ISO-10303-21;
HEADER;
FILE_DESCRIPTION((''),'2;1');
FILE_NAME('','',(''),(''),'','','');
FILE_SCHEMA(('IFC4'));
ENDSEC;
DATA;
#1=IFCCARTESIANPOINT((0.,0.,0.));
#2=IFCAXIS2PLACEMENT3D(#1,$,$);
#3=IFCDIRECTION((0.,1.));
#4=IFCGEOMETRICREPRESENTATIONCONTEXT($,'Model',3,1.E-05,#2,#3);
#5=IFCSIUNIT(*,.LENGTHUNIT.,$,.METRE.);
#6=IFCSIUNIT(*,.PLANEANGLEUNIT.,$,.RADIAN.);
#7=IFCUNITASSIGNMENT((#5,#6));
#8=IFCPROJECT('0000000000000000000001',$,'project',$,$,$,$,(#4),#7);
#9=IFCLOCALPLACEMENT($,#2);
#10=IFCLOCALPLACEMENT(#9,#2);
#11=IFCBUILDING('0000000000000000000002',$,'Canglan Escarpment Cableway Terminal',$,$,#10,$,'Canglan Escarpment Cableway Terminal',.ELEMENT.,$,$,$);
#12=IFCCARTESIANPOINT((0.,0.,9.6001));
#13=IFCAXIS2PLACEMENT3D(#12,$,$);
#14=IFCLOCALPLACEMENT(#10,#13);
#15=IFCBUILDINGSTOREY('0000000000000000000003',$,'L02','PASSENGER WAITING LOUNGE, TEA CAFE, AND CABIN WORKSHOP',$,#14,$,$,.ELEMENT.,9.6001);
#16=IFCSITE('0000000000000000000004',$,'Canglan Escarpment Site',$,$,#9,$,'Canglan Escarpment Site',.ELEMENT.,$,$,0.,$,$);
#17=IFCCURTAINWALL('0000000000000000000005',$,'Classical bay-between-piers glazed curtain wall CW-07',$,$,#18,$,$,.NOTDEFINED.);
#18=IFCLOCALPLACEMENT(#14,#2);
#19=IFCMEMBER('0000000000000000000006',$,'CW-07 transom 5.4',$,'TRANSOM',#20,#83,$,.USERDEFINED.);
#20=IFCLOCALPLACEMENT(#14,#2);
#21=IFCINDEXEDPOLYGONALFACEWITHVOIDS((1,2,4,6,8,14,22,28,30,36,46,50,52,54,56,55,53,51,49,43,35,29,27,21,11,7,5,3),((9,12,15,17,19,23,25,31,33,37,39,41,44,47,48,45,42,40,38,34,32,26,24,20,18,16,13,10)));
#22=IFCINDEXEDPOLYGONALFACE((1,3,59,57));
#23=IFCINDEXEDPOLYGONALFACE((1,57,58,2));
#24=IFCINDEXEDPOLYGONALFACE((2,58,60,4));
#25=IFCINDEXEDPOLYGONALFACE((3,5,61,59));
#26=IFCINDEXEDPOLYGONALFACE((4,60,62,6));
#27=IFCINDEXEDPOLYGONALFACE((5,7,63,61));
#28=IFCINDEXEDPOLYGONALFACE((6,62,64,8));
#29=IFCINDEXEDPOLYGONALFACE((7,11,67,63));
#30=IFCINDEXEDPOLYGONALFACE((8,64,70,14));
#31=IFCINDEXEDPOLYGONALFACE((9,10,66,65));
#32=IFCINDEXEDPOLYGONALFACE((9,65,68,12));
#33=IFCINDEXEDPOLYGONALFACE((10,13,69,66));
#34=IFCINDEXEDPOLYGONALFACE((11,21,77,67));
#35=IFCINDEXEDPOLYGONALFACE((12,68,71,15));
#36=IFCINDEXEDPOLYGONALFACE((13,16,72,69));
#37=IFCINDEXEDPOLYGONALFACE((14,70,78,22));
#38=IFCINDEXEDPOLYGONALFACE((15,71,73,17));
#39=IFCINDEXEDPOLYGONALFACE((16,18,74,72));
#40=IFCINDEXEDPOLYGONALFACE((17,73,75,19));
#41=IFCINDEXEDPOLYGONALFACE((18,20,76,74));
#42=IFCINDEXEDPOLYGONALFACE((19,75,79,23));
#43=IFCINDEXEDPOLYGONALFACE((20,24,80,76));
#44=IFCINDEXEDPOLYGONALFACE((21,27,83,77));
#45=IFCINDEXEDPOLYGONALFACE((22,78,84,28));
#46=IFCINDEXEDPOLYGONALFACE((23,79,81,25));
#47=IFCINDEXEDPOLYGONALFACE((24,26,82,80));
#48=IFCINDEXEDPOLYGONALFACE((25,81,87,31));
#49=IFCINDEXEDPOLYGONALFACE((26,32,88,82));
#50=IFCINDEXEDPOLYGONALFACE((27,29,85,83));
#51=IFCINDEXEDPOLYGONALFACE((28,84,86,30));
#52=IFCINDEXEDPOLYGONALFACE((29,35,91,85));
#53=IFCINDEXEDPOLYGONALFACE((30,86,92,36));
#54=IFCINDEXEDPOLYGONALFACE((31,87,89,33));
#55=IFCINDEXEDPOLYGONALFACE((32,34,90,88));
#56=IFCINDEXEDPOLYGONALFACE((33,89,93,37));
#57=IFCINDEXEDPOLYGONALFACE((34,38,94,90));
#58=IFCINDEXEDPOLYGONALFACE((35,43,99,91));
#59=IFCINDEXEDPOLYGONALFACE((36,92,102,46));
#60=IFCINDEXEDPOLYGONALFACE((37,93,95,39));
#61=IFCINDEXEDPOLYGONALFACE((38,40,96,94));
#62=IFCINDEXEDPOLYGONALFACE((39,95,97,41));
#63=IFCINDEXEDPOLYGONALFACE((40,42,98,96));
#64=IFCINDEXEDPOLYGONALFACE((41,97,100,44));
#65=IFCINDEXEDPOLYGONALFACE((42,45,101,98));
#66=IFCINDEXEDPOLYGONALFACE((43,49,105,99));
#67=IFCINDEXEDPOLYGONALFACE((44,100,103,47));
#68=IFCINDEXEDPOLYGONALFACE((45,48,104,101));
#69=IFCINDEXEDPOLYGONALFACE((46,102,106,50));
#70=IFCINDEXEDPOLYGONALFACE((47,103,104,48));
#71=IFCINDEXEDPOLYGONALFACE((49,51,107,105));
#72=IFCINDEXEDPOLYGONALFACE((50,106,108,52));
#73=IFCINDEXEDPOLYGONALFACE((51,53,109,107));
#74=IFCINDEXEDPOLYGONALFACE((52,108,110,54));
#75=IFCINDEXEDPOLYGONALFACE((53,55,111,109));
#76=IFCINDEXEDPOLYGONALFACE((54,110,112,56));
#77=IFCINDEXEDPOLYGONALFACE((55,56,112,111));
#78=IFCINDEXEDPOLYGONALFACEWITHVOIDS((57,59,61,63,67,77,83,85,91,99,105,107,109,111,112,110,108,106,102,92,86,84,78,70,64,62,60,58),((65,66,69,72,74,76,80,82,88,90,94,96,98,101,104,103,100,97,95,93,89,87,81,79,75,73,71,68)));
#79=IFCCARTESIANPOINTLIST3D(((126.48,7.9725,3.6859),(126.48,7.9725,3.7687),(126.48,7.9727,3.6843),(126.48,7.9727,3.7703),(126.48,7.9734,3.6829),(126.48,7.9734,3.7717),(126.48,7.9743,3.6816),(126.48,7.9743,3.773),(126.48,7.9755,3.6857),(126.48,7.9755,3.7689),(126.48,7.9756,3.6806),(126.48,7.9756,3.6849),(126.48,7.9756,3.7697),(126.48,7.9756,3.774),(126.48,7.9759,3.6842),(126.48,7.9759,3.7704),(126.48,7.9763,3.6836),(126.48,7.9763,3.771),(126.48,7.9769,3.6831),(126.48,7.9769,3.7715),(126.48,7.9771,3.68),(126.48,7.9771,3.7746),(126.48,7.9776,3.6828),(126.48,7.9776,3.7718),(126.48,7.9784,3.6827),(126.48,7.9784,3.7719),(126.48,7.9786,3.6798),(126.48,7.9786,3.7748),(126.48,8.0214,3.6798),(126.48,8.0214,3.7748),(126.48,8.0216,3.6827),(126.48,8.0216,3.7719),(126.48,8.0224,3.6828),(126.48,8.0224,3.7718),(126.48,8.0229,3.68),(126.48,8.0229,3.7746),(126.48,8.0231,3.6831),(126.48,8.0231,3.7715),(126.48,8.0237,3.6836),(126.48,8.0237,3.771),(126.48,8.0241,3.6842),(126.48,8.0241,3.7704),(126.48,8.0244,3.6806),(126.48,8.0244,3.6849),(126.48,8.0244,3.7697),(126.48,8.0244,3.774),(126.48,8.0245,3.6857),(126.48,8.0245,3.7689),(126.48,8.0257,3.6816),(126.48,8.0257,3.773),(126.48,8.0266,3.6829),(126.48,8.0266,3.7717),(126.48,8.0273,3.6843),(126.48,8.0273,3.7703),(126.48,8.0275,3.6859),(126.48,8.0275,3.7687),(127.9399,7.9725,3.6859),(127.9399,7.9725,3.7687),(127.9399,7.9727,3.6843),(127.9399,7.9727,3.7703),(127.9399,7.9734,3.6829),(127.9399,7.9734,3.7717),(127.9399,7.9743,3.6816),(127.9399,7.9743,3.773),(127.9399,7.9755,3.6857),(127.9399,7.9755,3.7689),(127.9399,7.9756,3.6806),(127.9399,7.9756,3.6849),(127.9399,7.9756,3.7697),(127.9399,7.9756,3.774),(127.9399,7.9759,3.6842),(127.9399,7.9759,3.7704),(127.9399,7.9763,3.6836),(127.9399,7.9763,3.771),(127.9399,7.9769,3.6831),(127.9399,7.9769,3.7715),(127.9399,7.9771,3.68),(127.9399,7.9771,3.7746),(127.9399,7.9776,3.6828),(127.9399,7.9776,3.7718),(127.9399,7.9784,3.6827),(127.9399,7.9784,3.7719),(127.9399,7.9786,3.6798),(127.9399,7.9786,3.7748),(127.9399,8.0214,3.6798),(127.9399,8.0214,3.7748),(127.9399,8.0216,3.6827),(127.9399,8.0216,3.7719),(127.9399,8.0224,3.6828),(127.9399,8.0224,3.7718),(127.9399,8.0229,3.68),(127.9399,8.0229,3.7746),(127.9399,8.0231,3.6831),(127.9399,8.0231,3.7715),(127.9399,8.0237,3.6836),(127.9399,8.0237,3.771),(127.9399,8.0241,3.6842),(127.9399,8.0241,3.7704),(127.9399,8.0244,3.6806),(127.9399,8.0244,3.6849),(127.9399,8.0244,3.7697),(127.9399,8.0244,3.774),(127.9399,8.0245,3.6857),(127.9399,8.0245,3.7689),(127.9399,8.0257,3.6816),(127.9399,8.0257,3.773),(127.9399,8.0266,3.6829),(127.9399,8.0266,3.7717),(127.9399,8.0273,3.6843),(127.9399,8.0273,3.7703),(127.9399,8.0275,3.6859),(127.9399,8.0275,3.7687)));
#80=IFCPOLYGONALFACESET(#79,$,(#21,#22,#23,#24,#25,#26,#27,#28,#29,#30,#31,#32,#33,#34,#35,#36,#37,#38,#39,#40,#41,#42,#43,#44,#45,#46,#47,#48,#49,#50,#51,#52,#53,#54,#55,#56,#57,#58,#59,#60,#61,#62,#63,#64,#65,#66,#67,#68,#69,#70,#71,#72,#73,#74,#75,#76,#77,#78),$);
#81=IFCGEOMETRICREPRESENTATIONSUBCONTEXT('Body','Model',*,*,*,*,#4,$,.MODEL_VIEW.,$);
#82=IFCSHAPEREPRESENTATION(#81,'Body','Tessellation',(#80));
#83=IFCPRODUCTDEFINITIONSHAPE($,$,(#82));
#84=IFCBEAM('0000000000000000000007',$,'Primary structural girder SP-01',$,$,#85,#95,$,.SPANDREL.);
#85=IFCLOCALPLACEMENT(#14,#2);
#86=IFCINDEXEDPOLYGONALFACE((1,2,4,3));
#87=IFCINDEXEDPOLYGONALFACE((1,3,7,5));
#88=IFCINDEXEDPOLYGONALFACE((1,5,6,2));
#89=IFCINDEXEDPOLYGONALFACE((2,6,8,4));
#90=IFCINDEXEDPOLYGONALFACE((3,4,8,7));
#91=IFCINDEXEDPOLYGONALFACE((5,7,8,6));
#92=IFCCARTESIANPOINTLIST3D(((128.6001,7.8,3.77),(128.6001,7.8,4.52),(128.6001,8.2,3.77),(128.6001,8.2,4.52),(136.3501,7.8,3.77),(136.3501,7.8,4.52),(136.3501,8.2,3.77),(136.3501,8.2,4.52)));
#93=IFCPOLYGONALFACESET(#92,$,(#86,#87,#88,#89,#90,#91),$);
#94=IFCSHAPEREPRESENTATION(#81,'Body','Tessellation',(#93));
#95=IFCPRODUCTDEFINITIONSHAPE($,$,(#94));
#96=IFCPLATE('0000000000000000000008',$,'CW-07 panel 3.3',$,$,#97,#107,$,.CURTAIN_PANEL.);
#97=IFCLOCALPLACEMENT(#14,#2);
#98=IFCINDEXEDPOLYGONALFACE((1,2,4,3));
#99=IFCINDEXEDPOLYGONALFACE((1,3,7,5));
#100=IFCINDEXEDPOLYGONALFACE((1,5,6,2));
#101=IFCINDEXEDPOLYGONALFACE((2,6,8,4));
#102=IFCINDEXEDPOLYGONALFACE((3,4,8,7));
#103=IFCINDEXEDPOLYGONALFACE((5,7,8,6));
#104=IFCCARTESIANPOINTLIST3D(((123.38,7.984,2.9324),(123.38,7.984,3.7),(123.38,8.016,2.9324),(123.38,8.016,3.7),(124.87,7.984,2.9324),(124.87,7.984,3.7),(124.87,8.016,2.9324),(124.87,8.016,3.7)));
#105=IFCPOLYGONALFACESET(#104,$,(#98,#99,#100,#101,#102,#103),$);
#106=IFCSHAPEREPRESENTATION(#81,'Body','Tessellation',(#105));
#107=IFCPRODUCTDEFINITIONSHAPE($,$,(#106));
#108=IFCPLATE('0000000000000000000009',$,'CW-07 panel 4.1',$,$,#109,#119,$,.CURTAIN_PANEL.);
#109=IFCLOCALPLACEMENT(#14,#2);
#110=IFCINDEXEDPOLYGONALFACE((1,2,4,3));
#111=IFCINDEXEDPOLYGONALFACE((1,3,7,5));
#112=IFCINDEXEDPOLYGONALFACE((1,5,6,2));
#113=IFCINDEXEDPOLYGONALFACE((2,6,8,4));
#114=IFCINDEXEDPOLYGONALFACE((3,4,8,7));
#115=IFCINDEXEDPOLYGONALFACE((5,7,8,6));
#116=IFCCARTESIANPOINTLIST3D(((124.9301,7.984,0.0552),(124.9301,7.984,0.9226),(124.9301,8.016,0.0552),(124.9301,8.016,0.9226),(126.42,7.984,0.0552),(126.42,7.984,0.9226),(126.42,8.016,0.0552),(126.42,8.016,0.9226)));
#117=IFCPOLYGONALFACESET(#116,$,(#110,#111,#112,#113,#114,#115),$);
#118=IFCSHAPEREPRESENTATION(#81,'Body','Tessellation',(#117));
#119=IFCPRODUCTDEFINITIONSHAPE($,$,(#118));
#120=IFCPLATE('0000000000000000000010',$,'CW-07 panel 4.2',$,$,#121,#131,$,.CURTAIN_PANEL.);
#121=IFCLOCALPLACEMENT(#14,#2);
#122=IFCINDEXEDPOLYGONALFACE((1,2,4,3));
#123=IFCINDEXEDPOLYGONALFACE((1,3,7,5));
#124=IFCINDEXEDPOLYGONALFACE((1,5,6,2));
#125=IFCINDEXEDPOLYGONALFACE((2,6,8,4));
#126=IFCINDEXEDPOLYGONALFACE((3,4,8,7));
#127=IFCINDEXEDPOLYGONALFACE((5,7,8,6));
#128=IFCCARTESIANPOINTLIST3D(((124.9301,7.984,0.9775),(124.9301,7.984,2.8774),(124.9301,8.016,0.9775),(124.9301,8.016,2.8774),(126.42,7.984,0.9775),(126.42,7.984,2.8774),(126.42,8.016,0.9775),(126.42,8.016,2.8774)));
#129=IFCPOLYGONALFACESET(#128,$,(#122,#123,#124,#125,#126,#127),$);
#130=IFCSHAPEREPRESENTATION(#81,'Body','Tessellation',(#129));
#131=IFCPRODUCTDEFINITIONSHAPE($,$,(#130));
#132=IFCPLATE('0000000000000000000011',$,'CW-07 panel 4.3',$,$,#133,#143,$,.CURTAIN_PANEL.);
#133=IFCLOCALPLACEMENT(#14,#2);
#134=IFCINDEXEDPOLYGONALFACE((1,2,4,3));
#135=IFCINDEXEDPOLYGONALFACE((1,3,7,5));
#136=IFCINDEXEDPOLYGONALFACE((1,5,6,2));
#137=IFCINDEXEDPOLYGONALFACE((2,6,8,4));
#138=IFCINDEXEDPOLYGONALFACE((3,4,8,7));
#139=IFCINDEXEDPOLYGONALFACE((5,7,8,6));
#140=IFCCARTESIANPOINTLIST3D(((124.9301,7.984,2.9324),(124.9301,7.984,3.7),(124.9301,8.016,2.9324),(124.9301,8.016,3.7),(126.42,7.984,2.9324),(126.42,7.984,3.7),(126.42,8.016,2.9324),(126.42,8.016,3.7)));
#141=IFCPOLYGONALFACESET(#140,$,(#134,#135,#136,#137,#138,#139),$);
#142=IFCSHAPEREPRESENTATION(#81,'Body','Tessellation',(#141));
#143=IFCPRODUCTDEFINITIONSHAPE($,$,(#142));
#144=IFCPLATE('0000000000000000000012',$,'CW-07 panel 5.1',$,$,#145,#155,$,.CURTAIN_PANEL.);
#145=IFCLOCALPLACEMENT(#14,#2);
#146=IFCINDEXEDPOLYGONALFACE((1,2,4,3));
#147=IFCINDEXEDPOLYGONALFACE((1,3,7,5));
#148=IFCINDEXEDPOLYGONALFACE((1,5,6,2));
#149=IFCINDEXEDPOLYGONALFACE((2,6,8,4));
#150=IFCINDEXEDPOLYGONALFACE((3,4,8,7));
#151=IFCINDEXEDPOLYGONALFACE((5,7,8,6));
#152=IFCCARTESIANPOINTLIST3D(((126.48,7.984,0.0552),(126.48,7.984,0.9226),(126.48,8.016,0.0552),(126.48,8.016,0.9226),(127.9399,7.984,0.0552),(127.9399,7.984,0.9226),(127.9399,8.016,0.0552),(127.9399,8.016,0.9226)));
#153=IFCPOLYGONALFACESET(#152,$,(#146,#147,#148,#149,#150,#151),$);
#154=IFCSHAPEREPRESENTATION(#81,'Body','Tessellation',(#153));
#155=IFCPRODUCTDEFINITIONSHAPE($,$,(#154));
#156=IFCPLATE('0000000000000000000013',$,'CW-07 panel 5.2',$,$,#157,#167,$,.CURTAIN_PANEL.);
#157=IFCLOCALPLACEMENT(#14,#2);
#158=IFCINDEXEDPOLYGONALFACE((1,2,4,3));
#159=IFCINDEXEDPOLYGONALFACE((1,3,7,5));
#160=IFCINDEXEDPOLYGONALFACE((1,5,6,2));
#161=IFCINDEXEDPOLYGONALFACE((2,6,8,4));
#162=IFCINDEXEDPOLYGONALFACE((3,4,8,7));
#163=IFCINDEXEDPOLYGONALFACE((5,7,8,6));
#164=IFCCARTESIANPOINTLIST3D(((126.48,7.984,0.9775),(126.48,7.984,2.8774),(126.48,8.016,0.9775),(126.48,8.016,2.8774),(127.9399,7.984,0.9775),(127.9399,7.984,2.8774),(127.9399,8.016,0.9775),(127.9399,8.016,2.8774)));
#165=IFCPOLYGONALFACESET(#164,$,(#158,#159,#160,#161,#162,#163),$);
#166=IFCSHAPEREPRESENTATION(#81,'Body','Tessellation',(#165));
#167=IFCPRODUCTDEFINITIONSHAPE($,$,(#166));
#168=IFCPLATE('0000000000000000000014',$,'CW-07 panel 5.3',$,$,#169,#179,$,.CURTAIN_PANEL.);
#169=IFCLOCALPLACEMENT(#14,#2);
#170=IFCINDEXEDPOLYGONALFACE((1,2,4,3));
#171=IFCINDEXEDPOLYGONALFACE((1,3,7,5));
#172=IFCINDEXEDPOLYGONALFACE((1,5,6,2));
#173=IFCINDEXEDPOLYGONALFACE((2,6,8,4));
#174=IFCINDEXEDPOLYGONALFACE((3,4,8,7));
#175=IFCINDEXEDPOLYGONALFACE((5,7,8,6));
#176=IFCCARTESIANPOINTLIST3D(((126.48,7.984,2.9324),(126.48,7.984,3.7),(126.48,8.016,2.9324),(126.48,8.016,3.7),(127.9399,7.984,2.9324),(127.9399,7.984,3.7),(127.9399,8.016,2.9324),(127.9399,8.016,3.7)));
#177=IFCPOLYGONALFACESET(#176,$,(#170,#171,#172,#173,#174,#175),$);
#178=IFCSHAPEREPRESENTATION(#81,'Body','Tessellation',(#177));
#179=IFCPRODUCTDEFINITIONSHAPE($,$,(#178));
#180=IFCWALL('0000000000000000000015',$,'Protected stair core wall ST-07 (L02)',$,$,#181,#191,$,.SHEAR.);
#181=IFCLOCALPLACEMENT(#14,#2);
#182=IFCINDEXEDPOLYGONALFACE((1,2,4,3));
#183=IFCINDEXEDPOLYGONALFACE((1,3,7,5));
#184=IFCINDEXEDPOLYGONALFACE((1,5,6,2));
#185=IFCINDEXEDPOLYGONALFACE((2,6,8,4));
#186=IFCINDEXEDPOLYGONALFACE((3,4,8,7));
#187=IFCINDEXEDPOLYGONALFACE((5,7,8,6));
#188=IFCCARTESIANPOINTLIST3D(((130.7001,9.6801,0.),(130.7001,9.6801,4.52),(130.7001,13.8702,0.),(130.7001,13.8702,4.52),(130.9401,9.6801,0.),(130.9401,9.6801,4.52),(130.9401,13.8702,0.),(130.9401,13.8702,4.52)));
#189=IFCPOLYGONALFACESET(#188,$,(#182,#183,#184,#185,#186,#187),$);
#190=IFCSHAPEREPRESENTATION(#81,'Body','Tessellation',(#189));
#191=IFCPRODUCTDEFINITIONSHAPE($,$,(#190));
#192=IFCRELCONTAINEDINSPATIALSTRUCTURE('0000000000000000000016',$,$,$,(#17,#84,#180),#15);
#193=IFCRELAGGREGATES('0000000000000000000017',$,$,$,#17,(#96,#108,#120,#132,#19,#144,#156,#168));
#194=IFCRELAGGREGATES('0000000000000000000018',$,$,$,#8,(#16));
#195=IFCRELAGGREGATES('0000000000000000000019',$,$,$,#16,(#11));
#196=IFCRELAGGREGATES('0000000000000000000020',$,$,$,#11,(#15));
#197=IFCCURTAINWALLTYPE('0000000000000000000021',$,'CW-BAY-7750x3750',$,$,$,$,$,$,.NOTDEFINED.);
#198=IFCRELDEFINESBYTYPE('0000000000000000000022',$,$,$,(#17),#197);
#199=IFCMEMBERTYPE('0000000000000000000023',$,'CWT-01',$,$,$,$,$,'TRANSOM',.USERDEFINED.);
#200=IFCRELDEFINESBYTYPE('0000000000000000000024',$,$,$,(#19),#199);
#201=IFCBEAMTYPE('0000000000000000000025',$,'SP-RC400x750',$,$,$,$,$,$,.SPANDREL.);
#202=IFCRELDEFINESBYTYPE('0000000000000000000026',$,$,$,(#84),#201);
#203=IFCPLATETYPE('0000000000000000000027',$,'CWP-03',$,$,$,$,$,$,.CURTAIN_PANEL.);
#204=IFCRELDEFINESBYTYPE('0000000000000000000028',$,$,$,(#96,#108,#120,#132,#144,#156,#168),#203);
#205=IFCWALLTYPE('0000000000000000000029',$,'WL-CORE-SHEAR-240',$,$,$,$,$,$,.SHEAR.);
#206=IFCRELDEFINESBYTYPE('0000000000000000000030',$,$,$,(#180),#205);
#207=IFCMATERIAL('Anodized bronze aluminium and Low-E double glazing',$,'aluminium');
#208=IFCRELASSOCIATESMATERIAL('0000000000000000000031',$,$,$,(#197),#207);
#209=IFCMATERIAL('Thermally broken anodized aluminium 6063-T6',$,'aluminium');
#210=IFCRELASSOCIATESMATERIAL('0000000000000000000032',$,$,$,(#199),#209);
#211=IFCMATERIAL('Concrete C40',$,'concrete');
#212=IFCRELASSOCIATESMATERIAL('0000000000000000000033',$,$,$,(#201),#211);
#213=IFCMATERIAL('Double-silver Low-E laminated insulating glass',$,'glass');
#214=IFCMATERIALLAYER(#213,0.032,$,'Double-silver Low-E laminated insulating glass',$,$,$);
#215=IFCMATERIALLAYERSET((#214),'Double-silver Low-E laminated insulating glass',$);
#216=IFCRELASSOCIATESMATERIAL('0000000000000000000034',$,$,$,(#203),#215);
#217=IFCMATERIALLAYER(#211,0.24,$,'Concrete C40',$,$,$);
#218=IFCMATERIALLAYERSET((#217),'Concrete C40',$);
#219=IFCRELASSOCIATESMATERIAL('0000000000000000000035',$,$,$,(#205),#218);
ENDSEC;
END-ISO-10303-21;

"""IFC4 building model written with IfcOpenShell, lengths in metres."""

from ifc_helpers import new_model, si_unit, direction, frame, frame_2d, origin, origin_2d, place, context, subcontext, project, spatial, rectangle, hollow_rectangle, extrude, material, layer, layer_set, material_profile, profile_set, type_object, element, aggregate, save


model = new_model("IFC4")

# Units and contexts
model_context = context("Model", 3, precision=1e-05, world=origin(), true_north=direction((0.0, 1.0)))
body_context = subcontext(model_context, "Body", "Model", "MODEL_VIEW")
ifc_project = project(units=[si_unit("LENGTHUNIT", "METRE"), si_unit("PLANEANGLEUNIT", "RADIAN")], contexts=[model_context])

# Site, building, storey
site_placement = place(None, origin())
site = spatial("IfcSite", under=ifc_project, at=site_placement, Name="Canglan Escarpment Site", LongName="Canglan Escarpment Site", CompositionType="ELEMENT", RefElevation=0.0)
building_placement = place(site_placement, origin())
building = spatial("IfcBuilding", under=site, at=building_placement, Name="Canglan Escarpment Cableway Terminal", LongName="Canglan Escarpment Cableway Terminal", CompositionType="ELEMENT")
storey_placement = place(building_placement, frame((0.0, 0.0, 9.6001)))
storey = spatial("IfcBuildingStorey", under=building, at=storey_placement, Name="L02", Description="PASSENGER WAITING LOUNGE, TEA CAFE, AND CABIN WORKSHOP", CompositionType="ELEMENT", Elevation=9.6001)

# Shared definitions
ifc_material_1 = material(Name="Concrete C40", Category="concrete")

# Curtain wall, member
ifc_material_2 = material(Name="Anodized bronze aluminium and Low-E double glazing", Category="aluminium")
curtain_wall_type = type_object("IfcCurtainWallType", Name="CW-BAY-7750x3750", PredefinedType="NOTDEFINED", material=ifc_material_2)
curtain_wall_placement = place(storey_placement, origin())
curtain_wall = element("IfcCurtainWall", 1, at=curtain_wall_placement, inside=storey, type_object=curtain_wall_type, Name="Classical bay-between-piers glazed curtain wall CW-07", PredefinedType="NOTDEFINED")
ifc_material_3 = material(Name="Thermally broken anodized aluminium 6063-T6", Category="aluminium")
ifc_material_profile_1 = material_profile(ifc_material_3, hollow_rectangle(XDim=0.0549, YDim=0.095, WallThickness=0.0029, InnerFilletRadius=0.0029, OuterFilletRadius=0.0061, at=origin_2d()), Name="ALU-TRAN 55x95x3")
ifc_profile_set_1 = profile_set([ifc_material_profile_1], Name="Thermally broken anodized aluminium 6063-T6")
member_type_1 = type_object("IfcMemberType", Name="CWT-01", ElementType="TRANSOM", PredefinedType="USERDEFINED", material=ifc_profile_set_1)
member_1_placement = place(storey_placement, frame((126.48, 8.0, 3.7273), z_axis=(1.0, 0.0, 0.0), x_axis=(0.0, 1.0, 0.0)))
member_1 = element("IfcMember", 2, at=member_1_placement, type_object=member_type_1, Name="CW-07 transom 5.4", ObjectType="TRANSOM", PredefinedType="USERDEFINED", context=body_context, shape_type="SweptSolid", body=[
    extrude(hollow_rectangle(XDim=0.0549, YDim=0.095, WallThickness=0.0029, InnerFilletRadius=0.0029, OuterFilletRadius=0.0061, at=origin_2d()), origin(), (0.0, 0.0, 1.0), 1.46),
])

# Beam
ifc_material_profile_2 = material_profile(ifc_material_1, rectangle(XDim=0.3999, YDim=0.75, at=origin_2d()), Name="RC 400x750")
ifc_profile_set_2 = profile_set([ifc_material_profile_2], Name="Concrete C40")
beam_type = type_object("IfcBeamType", Name="SP-RC400x750", PredefinedType="SPANDREL", material=ifc_profile_set_2)
beam_placement = place(storey_placement, frame((128.6001, 8.0, 4.145), z_axis=(1.0, 0.0, 0.0), x_axis=(0.0, 1.0, 0.0)))
element("IfcBeam", 3, at=beam_placement, inside=storey, type_object=beam_type, Name="Primary structural girder SP-01", PredefinedType="SPANDREL", context=body_context, shape_type="SweptSolid", body=[
    extrude(rectangle(XDim=0.3999, YDim=0.75, at=origin_2d()), origin(), (0.0, 0.0, 1.0), 7.75),
])

# Plates
ifc_material_4 = material(Name="Double-silver Low-E laminated insulating glass", Category="glass")
ifc_layer_1 = layer(ifc_material_4, 0.032, Name="Double-silver Low-E laminated insulating glass")
ifc_layer_set_1 = layer_set([ifc_layer_1], Name="Double-silver Low-E laminated insulating glass")
plate_type = type_object("IfcPlateType", Name="CWP-03", PredefinedType="CURTAIN_PANEL", material=ifc_layer_set_1)
plate_1_placement = place(storey_placement, frame((124.125, 8.0, 2.9324), z_axis=(0.0, 0.0, 1.0), x_axis=(1.0, 0.0, 0.0)))
plate_1 = element("IfcPlate", 4, at=plate_1_placement, type_object=plate_type, Name="CW-07 panel 3.3", PredefinedType="CURTAIN_PANEL", context=body_context, shape_type="SweptSolid", body=[
    extrude(rectangle(XDim=1.49, YDim=0.032, at=origin_2d()), origin(), (0.0, 0.0, 1.0), 0.7676),
])
plate_2_placement = place(storey_placement, frame((125.675, 8.0, 0.0552), z_axis=(0.0, 0.0, 1.0), x_axis=(1.0, 0.0, 0.0)))
plate_2 = element("IfcPlate", 5, at=plate_2_placement, type_object=plate_type, Name="CW-07 panel 4.1", PredefinedType="CURTAIN_PANEL", context=body_context, shape_type="SweptSolid", body=[
    extrude(rectangle(XDim=1.49, YDim=0.032, at=origin_2d()), origin(), (0.0, 0.0, 1.0), 0.8674),
])
plate_3_placement = place(storey_placement, frame((125.675, 8.0, 0.9775), z_axis=(0.0, 0.0, 1.0), x_axis=(1.0, 0.0, 0.0)))
plate_3 = element("IfcPlate", 6, at=plate_3_placement, type_object=plate_type, Name="CW-07 panel 4.2", PredefinedType="CURTAIN_PANEL", context=body_context, shape_type="SweptSolid", body=[
    extrude(rectangle(XDim=1.49, YDim=0.032, at=origin_2d()), origin(), (0.0, 0.0, 1.0), 1.8999),
])
plate_4_placement = place(storey_placement, frame((125.675, 8.0, 2.9324), z_axis=(0.0, 0.0, 1.0), x_axis=(1.0, 0.0, 0.0)))
plate_4 = element("IfcPlate", 7, at=plate_4_placement, type_object=plate_type, Name="CW-07 panel 4.3", PredefinedType="CURTAIN_PANEL", context=body_context, shape_type="SweptSolid", body=[
    extrude(rectangle(XDim=1.49, YDim=0.032, at=origin_2d()), origin(), (0.0, 0.0, 1.0), 0.7676),
])
plate_5_placement = place(storey_placement, frame((127.21, 8.0, 0.0552), z_axis=(0.0, 0.0, 1.0), x_axis=(1.0, 0.0, 0.0)))
plate_5 = element("IfcPlate", 8, at=plate_5_placement, type_object=plate_type, Name="CW-07 panel 5.1", PredefinedType="CURTAIN_PANEL", context=body_context, shape_type="SweptSolid", body=[
    extrude(rectangle(XDim=1.46, YDim=0.032, at=origin_2d()), origin(), (0.0, 0.0, 1.0), 0.8674),
])
plate_6_placement = place(storey_placement, frame((127.21, 8.0, 0.9775), z_axis=(0.0, 0.0, 1.0), x_axis=(1.0, 0.0, 0.0)))
plate_6 = element("IfcPlate", 9, at=plate_6_placement, type_object=plate_type, Name="CW-07 panel 5.2", PredefinedType="CURTAIN_PANEL", context=body_context, shape_type="SweptSolid", body=[
    extrude(rectangle(XDim=1.46, YDim=0.032, at=origin_2d()), origin(), (0.0, 0.0, 1.0), 1.8999),
])
plate_7_placement = place(storey_placement, frame((127.21, 8.0, 2.9324), z_axis=(0.0, 0.0, 1.0), x_axis=(1.0, 0.0, 0.0)))
plate_7 = element("IfcPlate", 10, at=plate_7_placement, type_object=plate_type, Name="CW-07 panel 5.3", PredefinedType="CURTAIN_PANEL", context=body_context, shape_type="SweptSolid", body=[
    extrude(rectangle(XDim=1.46, YDim=0.032, at=origin_2d()), origin(), (0.0, 0.0, 1.0), 0.7676),
])
aggregate(curtain_wall, [plate_1, plate_2, plate_3, plate_4, member_1, plate_5, plate_6, plate_7])

# Wall
ifc_layer_2 = layer(ifc_material_1, 0.24, Name="Concrete C40")
ifc_layer_set_2 = layer_set([ifc_layer_2], Name="Concrete C40")
wall_type_1 = type_object("IfcWallType", Name="WL-CORE-SHEAR-240", PredefinedType="SHEAR", material=ifc_layer_set_2)
wall_1_placement = place(storey_placement, frame((130.8201, 9.6799, 0.0), z_axis=(0.0, 0.0, 1.0), x_axis=(0.0, 1.0, 0.0)))
element("IfcWall", 11, at=wall_1_placement, inside=storey, type_object=wall_type_1, Name="Protected stair core wall ST-07 (L02)", PredefinedType="SHEAR", context=body_context, shape_type="SweptSolid", body=[
    extrude(rectangle(XDim=4.1902, YDim=0.24, at=frame_2d((2.0952, 0.0))), origin(), (0.0, 0.0, 1.0), 4.52),
])

save(model, "model.ifc")
